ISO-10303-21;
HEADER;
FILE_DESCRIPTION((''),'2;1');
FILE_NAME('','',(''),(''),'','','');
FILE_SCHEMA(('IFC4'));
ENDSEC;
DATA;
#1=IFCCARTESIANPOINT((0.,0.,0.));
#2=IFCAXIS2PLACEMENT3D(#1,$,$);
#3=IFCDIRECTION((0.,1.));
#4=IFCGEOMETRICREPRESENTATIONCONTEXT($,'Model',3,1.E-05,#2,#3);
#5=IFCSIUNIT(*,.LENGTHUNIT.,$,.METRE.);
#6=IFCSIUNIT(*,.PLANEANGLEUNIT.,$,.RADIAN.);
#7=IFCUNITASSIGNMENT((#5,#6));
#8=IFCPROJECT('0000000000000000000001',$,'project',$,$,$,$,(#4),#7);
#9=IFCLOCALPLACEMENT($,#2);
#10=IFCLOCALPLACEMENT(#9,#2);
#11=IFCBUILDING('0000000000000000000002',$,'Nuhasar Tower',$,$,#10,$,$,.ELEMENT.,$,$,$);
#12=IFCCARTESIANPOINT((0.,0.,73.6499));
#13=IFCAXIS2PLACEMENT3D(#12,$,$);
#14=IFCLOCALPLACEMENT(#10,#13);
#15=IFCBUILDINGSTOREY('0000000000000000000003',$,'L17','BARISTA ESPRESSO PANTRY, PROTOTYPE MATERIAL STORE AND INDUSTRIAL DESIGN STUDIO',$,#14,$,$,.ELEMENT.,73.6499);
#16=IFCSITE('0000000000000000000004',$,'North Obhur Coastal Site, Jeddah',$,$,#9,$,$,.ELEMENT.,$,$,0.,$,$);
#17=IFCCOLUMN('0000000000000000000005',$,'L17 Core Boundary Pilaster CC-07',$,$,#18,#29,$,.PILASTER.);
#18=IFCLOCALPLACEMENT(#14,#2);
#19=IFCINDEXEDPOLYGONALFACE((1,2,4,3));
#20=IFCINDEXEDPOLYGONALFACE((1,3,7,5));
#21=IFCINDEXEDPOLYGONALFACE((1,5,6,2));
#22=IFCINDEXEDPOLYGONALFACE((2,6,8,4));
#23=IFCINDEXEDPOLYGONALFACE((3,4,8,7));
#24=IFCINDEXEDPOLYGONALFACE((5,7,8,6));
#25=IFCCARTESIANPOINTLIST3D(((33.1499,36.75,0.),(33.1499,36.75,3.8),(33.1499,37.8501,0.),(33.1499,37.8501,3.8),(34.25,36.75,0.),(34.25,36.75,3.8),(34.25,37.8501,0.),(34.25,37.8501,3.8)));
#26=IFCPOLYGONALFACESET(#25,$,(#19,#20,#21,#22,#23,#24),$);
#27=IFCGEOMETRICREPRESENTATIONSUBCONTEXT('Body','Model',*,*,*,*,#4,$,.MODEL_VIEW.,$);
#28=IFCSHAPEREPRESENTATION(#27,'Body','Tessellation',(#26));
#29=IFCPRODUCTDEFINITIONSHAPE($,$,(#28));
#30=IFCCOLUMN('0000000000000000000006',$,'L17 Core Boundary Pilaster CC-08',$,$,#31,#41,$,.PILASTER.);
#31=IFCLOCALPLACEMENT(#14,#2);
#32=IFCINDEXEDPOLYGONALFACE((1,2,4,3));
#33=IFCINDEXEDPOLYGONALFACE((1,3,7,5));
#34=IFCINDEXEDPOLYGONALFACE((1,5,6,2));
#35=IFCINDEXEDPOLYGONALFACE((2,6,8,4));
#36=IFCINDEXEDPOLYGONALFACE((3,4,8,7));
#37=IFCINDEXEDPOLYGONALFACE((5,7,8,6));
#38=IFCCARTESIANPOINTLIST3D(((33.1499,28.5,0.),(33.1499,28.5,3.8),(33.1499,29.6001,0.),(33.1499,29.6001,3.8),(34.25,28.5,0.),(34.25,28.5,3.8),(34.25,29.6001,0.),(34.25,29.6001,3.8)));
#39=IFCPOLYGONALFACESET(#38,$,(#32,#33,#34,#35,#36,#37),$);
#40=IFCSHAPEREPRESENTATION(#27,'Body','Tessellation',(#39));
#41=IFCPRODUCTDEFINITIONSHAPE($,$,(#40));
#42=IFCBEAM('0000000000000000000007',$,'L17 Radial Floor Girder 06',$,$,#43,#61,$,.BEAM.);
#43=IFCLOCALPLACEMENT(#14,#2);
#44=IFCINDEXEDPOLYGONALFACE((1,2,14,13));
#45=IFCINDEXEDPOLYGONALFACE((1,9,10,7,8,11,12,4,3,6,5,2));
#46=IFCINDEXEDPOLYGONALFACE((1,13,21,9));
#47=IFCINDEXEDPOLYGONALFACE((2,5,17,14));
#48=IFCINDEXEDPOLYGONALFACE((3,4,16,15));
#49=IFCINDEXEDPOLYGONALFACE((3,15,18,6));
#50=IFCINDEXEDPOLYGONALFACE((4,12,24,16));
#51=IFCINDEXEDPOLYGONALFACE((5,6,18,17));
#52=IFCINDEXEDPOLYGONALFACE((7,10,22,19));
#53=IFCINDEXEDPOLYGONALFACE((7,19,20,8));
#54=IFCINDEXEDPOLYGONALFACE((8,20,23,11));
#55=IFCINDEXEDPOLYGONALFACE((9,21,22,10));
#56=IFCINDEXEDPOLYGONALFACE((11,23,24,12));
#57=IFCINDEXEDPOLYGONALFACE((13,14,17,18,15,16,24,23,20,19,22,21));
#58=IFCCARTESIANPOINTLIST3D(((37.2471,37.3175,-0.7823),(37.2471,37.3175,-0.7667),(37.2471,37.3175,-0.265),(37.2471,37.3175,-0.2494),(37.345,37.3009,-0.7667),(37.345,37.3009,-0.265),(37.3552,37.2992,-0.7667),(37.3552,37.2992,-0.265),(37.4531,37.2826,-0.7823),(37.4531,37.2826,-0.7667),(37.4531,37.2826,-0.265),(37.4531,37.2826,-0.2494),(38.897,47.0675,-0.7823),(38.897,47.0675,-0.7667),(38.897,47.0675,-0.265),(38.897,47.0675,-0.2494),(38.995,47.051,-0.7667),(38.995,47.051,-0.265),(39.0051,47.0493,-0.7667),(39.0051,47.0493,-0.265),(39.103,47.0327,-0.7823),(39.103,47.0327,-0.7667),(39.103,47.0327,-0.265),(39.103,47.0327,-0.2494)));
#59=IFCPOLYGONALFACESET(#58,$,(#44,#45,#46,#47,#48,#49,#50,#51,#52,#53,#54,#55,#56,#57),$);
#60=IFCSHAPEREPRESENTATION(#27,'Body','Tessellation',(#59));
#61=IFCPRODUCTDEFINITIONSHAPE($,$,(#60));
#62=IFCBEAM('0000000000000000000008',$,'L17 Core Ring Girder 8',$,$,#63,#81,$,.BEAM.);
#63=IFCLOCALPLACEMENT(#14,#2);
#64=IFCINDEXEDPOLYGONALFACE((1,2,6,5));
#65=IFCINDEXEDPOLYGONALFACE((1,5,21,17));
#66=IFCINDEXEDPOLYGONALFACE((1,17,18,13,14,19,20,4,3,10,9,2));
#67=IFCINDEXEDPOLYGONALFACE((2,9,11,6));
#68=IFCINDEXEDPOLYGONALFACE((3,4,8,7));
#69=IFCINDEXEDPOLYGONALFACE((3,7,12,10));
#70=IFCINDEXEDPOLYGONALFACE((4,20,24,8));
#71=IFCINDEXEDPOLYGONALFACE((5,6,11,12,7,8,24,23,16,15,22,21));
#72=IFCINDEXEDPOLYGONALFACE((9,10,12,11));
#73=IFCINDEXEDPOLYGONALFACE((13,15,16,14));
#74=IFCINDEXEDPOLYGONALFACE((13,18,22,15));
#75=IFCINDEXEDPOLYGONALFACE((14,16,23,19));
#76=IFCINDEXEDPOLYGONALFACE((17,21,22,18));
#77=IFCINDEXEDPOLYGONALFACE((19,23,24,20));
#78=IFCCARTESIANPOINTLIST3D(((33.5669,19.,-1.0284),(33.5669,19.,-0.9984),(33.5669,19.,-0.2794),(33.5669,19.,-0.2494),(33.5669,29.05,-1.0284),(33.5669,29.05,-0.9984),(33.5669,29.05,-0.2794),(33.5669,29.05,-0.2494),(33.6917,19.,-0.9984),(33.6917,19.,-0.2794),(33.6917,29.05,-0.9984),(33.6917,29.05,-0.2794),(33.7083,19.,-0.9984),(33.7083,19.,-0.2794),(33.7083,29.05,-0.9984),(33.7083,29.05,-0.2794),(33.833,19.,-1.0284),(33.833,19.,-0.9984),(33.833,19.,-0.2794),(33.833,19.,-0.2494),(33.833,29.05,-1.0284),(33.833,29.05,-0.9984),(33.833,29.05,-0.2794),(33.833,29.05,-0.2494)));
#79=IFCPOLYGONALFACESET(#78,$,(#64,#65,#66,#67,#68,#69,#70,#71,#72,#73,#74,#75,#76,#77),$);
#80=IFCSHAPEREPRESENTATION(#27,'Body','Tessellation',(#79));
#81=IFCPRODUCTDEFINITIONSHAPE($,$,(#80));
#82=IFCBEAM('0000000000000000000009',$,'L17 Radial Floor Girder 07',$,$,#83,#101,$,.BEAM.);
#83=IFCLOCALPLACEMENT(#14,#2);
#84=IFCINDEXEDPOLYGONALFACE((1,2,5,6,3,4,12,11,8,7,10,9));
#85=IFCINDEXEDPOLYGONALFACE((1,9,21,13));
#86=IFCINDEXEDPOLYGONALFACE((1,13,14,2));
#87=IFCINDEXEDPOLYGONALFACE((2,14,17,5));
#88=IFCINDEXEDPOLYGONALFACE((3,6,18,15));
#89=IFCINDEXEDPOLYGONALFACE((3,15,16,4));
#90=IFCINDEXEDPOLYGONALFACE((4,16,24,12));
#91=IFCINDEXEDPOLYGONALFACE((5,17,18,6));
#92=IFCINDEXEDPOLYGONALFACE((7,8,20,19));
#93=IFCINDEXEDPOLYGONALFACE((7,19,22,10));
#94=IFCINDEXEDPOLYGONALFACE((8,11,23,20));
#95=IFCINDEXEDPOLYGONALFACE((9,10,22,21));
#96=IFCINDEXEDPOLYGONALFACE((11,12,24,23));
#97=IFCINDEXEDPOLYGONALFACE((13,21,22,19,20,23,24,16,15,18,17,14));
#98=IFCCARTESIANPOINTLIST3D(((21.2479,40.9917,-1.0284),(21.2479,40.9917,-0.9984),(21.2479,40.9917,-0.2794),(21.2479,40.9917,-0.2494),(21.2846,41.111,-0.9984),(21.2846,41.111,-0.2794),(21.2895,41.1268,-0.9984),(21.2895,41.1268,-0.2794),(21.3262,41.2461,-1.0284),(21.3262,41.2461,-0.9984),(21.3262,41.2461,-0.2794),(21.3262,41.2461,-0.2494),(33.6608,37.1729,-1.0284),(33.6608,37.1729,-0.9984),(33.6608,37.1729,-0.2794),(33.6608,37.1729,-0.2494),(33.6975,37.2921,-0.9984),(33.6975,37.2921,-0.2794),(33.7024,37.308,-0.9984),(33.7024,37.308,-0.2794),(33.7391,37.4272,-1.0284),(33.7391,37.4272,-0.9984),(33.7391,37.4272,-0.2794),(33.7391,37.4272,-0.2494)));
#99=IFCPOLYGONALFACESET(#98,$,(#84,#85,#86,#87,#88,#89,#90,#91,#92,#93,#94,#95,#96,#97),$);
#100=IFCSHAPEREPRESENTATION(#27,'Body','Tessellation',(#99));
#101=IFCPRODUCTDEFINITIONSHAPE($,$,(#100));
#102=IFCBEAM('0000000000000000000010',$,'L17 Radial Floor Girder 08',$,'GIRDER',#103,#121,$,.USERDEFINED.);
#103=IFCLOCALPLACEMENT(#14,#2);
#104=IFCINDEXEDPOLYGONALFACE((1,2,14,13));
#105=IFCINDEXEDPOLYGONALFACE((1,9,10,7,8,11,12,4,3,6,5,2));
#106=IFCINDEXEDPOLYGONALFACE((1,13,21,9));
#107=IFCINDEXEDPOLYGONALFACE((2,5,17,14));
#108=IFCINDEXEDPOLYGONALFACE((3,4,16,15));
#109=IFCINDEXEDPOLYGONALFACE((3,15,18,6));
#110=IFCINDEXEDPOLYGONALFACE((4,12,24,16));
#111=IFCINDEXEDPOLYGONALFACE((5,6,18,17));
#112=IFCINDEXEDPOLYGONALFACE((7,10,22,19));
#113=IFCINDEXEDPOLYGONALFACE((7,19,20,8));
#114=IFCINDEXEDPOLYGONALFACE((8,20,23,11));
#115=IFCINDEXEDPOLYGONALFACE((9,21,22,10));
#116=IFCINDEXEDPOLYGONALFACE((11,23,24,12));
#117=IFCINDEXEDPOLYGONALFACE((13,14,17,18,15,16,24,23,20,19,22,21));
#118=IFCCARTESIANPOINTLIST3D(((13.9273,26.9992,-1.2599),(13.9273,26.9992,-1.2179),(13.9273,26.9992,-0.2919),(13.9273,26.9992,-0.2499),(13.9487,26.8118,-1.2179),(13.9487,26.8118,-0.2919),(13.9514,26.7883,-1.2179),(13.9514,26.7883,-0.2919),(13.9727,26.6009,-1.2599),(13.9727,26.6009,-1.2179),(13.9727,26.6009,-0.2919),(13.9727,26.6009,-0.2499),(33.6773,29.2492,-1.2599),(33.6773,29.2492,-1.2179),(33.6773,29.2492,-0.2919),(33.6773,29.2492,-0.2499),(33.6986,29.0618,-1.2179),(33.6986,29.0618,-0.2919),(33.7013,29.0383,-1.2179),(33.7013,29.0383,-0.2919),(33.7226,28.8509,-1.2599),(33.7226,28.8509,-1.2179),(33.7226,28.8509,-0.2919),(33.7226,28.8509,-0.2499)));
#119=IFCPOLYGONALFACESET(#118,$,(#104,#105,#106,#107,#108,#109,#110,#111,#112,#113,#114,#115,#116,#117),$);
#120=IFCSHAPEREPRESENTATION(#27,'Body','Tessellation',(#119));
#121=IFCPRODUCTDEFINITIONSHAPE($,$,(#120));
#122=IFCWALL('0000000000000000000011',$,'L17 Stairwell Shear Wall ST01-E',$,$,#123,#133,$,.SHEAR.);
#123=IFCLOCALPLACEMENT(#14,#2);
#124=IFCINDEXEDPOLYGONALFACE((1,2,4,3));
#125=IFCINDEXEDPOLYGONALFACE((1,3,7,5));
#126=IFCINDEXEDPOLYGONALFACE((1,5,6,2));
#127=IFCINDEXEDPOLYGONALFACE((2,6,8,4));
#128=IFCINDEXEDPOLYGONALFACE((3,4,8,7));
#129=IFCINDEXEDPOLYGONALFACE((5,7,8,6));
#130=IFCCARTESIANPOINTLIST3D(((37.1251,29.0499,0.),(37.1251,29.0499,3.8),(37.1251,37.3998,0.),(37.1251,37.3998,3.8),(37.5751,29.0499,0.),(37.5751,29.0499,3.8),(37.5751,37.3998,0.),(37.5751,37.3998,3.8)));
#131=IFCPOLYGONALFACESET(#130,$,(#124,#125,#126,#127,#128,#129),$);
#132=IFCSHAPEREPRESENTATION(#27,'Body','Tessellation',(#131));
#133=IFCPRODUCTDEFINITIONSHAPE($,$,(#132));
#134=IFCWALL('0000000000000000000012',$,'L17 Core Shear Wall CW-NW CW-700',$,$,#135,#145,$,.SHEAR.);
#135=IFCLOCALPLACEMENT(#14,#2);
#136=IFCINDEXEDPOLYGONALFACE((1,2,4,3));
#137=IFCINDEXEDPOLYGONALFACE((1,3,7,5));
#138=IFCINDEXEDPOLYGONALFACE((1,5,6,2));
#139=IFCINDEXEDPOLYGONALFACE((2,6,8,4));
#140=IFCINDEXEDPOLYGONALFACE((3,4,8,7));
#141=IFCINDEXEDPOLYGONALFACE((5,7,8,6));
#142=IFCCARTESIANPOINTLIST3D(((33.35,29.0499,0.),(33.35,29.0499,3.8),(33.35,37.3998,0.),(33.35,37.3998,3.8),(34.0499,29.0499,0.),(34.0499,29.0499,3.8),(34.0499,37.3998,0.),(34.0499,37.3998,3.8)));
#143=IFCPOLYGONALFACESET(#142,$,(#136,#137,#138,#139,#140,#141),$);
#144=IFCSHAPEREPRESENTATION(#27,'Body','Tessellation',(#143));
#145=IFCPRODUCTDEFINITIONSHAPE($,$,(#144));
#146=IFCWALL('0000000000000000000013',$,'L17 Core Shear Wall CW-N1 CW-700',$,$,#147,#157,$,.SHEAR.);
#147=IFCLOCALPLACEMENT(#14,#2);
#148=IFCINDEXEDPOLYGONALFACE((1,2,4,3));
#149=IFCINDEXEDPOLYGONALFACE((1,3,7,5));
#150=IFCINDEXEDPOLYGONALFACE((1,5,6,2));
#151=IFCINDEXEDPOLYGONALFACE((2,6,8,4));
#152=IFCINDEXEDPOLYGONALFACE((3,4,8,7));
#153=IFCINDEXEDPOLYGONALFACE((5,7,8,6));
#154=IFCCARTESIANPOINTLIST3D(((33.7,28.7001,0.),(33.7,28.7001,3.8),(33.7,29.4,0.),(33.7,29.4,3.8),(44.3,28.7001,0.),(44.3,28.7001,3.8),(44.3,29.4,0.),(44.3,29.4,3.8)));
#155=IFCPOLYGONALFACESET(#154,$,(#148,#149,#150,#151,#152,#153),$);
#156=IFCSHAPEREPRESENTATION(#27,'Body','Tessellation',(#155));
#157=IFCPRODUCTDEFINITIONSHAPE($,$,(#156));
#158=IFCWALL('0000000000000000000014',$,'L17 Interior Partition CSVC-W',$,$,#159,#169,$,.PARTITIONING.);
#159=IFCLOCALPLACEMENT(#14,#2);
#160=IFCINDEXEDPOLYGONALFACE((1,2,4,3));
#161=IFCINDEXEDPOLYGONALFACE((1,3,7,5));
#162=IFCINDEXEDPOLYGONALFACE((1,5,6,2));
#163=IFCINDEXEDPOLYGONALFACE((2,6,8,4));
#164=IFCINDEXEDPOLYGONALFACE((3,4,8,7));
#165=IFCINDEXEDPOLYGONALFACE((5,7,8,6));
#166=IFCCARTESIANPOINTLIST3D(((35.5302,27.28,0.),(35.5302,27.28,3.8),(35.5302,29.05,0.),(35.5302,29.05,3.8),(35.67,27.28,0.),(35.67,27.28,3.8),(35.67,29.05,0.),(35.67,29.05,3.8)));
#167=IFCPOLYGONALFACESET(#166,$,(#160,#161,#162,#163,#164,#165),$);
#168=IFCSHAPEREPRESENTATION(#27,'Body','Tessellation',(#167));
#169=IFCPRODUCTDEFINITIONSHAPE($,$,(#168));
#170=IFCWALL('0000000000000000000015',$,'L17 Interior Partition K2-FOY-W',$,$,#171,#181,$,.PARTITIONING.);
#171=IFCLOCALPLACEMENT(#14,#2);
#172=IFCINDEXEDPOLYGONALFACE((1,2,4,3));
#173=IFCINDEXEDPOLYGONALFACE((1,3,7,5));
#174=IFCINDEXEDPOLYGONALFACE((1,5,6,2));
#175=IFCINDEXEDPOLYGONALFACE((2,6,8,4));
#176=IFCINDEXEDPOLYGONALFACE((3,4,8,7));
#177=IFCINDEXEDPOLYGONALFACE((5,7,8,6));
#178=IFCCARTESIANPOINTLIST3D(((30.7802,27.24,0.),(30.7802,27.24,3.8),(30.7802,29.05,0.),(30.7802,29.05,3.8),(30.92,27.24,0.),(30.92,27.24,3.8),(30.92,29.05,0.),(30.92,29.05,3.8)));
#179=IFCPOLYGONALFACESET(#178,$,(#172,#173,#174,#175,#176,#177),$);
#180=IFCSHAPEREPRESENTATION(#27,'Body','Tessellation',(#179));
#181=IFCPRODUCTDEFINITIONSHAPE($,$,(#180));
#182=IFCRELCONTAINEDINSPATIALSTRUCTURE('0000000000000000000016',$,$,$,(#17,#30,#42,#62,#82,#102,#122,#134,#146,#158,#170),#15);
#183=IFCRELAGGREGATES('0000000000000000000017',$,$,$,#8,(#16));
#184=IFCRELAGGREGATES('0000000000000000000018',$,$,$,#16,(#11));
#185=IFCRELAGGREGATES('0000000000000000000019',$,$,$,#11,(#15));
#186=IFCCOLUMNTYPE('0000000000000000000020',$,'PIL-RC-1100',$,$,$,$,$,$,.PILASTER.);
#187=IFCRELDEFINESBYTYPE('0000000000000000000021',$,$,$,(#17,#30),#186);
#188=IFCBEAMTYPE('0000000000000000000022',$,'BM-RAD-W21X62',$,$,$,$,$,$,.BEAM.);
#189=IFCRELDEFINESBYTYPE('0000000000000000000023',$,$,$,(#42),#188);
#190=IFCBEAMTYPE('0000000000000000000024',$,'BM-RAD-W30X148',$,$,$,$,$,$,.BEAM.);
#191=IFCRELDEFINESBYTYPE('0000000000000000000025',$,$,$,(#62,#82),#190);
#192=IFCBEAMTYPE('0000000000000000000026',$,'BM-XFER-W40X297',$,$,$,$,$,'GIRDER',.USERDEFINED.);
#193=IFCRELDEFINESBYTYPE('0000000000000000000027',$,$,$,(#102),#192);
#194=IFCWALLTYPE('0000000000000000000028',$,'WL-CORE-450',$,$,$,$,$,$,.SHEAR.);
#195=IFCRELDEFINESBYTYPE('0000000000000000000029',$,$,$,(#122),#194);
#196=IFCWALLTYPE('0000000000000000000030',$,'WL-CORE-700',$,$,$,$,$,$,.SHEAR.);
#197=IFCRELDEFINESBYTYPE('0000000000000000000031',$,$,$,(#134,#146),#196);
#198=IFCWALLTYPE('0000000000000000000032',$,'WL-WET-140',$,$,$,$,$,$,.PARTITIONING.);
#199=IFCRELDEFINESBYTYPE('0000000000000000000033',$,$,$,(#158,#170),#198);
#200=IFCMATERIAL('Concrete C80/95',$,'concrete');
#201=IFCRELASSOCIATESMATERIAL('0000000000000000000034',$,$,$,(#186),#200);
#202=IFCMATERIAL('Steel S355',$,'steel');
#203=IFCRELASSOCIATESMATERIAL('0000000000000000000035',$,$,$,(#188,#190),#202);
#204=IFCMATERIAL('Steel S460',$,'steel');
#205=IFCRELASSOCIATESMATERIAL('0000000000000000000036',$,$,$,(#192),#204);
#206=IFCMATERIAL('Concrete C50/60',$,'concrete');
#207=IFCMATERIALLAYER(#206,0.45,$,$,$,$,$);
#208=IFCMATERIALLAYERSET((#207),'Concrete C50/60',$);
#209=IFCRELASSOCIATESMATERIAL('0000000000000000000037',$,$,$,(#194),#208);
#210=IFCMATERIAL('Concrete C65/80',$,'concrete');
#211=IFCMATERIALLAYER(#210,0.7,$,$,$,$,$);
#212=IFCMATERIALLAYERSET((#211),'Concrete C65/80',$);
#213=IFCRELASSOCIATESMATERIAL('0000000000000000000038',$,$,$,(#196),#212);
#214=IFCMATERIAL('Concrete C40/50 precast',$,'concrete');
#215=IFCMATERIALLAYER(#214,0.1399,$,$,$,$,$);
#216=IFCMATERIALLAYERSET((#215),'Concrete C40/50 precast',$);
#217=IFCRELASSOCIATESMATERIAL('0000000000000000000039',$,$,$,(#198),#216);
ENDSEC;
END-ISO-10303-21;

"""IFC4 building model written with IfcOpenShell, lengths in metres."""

from ifc_helpers import new_model, si_unit, direction, frame, frame_2d, origin, origin_2d, place, context, subcontext, project, spatial, rectangle, i_section, extrude, material, layer, layer_set, material_profile, profile_set, type_object, element, save


model = new_model("IFC4")

# Units and contexts
model_context = context("Model", 3, precision=1e-05, world=origin(), true_north=direction((0.0, 1.0)))
body_context = subcontext(model_context, "Body", "Model", "MODEL_VIEW")
ifc_project = project(units=[si_unit("LENGTHUNIT", "METRE"), si_unit("PLANEANGLEUNIT", "RADIAN")], contexts=[model_context])

# Site, building, storey
site_placement = place(None, origin())
site = spatial("IfcSite", under=ifc_project, at=site_placement, Name="North Obhur Coastal Site, Jeddah", CompositionType="ELEMENT", RefElevation=0.0)
building_placement = place(site_placement, origin())
building = spatial("IfcBuilding", under=site, at=building_placement, Name="Nuhasar Tower", CompositionType="ELEMENT")
storey_placement = place(building_placement, frame((0.0, 0.0, 73.6499)))
storey = spatial("IfcBuildingStorey", under=building, at=storey_placement, Name="L17", Description="BARISTA ESPRESSO PANTRY, PROTOTYPE MATERIAL STORE AND INDUSTRIAL DESIGN STUDIO", CompositionType="ELEMENT", Elevation=73.6499)

# Columns
ifc_material_1 = material(Name="Concrete C80/95", Category="concrete")
ifc_material_profile_1 = material_profile(ifc_material_1, rectangle(XDim=1.1001, YDim=1.1001, at=origin_2d()), Name="RC1100X1100")
ifc_profile_set_1 = profile_set([ifc_material_profile_1], Name="Concrete C80/95")
column_type = type_object("IfcColumnType", Name="PIL-RC-1100", PredefinedType="PILASTER", material=ifc_profile_set_1)
for number, where, z_axis, x_axis, name in (
    (1, (33.7, 37.3, 0.0), (0.0, 0.0, 1.0), (1.0, 0.0, 0.0), "L17 Core Boundary Pilaster CC-07"),
    (2, (33.7, 29.05, 0.0), (0.0, 0.0, 1.0), (1.0, 0.0, 0.0), "L17 Core Boundary Pilaster CC-08"),
):
    element("IfcColumn", number, at=place(storey_placement, frame(where, z_axis=z_axis, x_axis=x_axis)), inside=storey, type_object=column_type, Name=name, PredefinedType="PILASTER", context=body_context, shape_type="SweptSolid", body=[
        extrude(rectangle(XDim=1.1001, YDim=1.1001, at=origin_2d()), origin(), (0.0, 0.0, 1.0), 3.8),
    ])

# Beams
ifc_material_2 = material(Name="Steel S355", Category="steel")
ifc_material_profile_2 = material_profile(ifc_material_2, i_section(OverallWidth=0.209, OverallDepth=0.533, WebThickness=0.0103, FlangeThickness=0.0156, at=origin_2d()), Name="W21X62")
ifc_profile_set_2 = profile_set([ifc_material_profile_2], Name="Steel S355")
beam_type_1 = type_object("IfcBeamType", Name="BM-RAD-W21X62", PredefinedType="BEAM", material=ifc_profile_set_2)
beam_1_placement = place(storey_placement, frame((37.3501, 37.3, -0.5159), z_axis=(0.166849, 0.985983, 0.0), x_axis=(-0.985983, 0.166849, 0.0)))
element("IfcBeam", 3, at=beam_1_placement, inside=storey, type_object=beam_type_1, Name="L17 Radial Floor Girder 06", PredefinedType="BEAM", context=body_context, shape_type="SweptSolid", body=[
    extrude(i_section(OverallWidth=0.209, OverallDepth=0.533, WebThickness=0.0103, FlangeThickness=0.0156, at=origin_2d()), origin(), (0.0, 0.0, 1.0), 9.8887),
])
ifc_material_profile_3 = material_profile(ifc_material_2, i_section(OverallWidth=0.2661, OverallDepth=0.7791, WebThickness=0.0166, FlangeThickness=0.03, at=origin_2d()), Name="W30X148")
ifc_profile_set_3 = profile_set([ifc_material_profile_3], Name="Steel S355")
beam_type_2 = type_object("IfcBeamType", Name="BM-RAD-W30X148", PredefinedType="BEAM", material=ifc_profile_set_3)
beam_2_placement = place(storey_placement, frame((33.7, 29.05, -0.6389), z_axis=(0.0, -1.0, 0.0), x_axis=(1.0, 0.0, 0.0)))
element("IfcBeam", 4, at=beam_2_placement, inside=storey, type_object=beam_type_2, Name="L17 Core Ring Girder 8", PredefinedType="BEAM", context=body_context, shape_type="SweptSolid", body=[
    extrude(i_section(OverallWidth=0.2661, OverallDepth=0.7791, WebThickness=0.0166, FlangeThickness=0.03, at=origin_2d()), origin(), (0.0, 0.0, 1.0), 10.05),
])
beam_3_placement = place(storey_placement, frame((33.7, 37.3, -0.6389), z_axis=(-0.95579, 0.294052, 0.0), x_axis=(-0.294052, -0.95579, 0.0)))
element("IfcBeam", 5, at=beam_3_placement, inside=storey, type_object=beam_type_2, Name="L17 Radial Floor Girder 07", PredefinedType="BEAM", context=body_context, shape_type="SweptSolid", body=[
    extrude(i_section(OverallWidth=0.2661, OverallDepth=0.7791, WebThickness=0.0166, FlangeThickness=0.03, at=origin_2d()), origin(), (0.0, 0.0, 1.0), 12.9871),
])
ifc_material_3 = material(Name="Steel S460", Category="steel")
ifc_material_profile_4 = material_profile(ifc_material_3, i_section(OverallWidth=0.4009, OverallDepth=1.01, WebThickness=0.0237, FlangeThickness=0.042, at=origin_2d()), Name="W40X297")
ifc_profile_set_4 = profile_set([ifc_material_profile_4], Name="Steel S460")
beam_type_3 = type_object("IfcBeamType", Name="BM-XFER-W40X297", ElementType="GIRDER", PredefinedType="USERDEFINED", material=ifc_profile_set_4)
beam_4_placement = place(storey_placement, frame((33.7, 29.05, -0.7549), z_axis=(-0.993573, -0.113192, 0.0), x_axis=(0.113192, -0.993573, 0.0)))
element("IfcBeam", 6, at=beam_4_placement, inside=storey, type_object=beam_type_3, Name="L17 Radial Floor Girder 08", ObjectType="GIRDER", PredefinedType="USERDEFINED", context=body_context, shape_type="SweptSolid", body=[
    extrude(i_section(OverallWidth=0.4009, OverallDepth=1.01, WebThickness=0.0237, FlangeThickness=0.042, at=origin_2d()), origin(), (0.0, 0.0, 1.0), 19.8777),
])

# Walls
ifc_material_4 = material(Name="Concrete C50/60", Category="concrete")
ifc_layer_1 = layer(ifc_material_4, 0.45)
ifc_layer_set_1 = layer_set([ifc_layer_1], Name="Concrete C50/60")
wall_type_1 = type_object("IfcWallType", Name="WL-CORE-450", PredefinedType="SHEAR", material=ifc_layer_set_1)
wall_1_placement = place(storey_placement, frame((37.3501, 29.05, 0.0), z_axis=(0.0, 0.0, 1.0), x_axis=(0.0, 1.0, 0.0)))
element("IfcWall", 7, at=wall_1_placement, inside=storey, type_object=wall_type_1, Name="L17 Stairwell Shear Wall ST01-E", PredefinedType="SHEAR", context=body_context, shape_type="SweptSolid", body=[
    extrude(rectangle(XDim=8.3499, YDim=0.45, at=frame_2d((4.1748, 0.0))), origin(), (0.0, 0.0, 1.0), 3.8),
])
ifc_material_5 = material(Name="Concrete C65/80", Category="concrete")
ifc_layer_2 = layer(ifc_material_5, 0.7)
ifc_layer_set_2 = layer_set([ifc_layer_2], Name="Concrete C65/80")
wall_type_2 = type_object("IfcWallType", Name="WL-CORE-700", PredefinedType="SHEAR", material=ifc_layer_set_2)
wall_2_placement = place(storey_placement, frame((33.7, 29.05, 0.0), z_axis=(0.0, 0.0, 1.0), x_axis=(0.0, 1.0, 0.0)))
element("IfcWall", 8, at=wall_2_placement, inside=storey, type_object=wall_type_2, Name="L17 Core Shear Wall CW-NW CW-700", PredefinedType="SHEAR", context=body_context, shape_type="SweptSolid", body=[
    extrude(rectangle(XDim=8.3499, YDim=0.7, at=frame_2d((4.1748, 0.0))), origin(), (0.0, 0.0, 1.0), 3.8),
])
wall_3_placement = place(storey_placement, frame((33.7, 29.05, 0.0), z_axis=(0.0, 0.0, 1.0), x_axis=(1.0, 0.0, 0.0)))
element("IfcWall", 9, at=wall_3_placement, inside=storey, type_object=wall_type_2, Name="L17 Core Shear Wall CW-N1 CW-700", PredefinedType="SHEAR", context=body_context, shape_type="SweptSolid", body=[
    extrude(rectangle(XDim=10.6001, YDim=0.7, at=frame_2d((5.3, 0.0))), origin(), (0.0, 0.0, 1.0), 3.8),
])
ifc_material_6 = material(Name="Concrete C40/50 precast", Category="concrete")
ifc_layer_3 = layer(ifc_material_6, 0.1399)
ifc_layer_set_3 = layer_set([ifc_layer_3], Name="Concrete C40/50 precast")
wall_type_3 = type_object("IfcWallType", Name="WL-WET-140", PredefinedType="PARTITIONING", material=ifc_layer_set_3)
wall_4_placement = place(storey_placement, frame((35.6001, 27.28, 0.0), z_axis=(0.0, 0.0, 1.0), x_axis=(0.0, 1.0, 0.0)))
element("IfcWall", 10, at=wall_4_placement, inside=storey, type_object=wall_type_3, Name="L17 Interior Partition CSVC-W", PredefinedType="PARTITIONING", context=body_context, shape_type="SweptSolid", body=[
    extrude(rectangle(XDim=1.77, YDim=0.1399, at=frame_2d((0.885, 0.0))), origin(), (0.0, 0.0, 1.0), 3.8),
])
wall_5_placement = place(storey_placement, frame((30.8501, 27.24, 0.0), z_axis=(0.0, 0.0, 1.0), x_axis=(0.0, 1.0, 0.0)))
element("IfcWall", 11, at=wall_5_placement, inside=storey, type_object=wall_type_3, Name="L17 Interior Partition K2-FOY-W", PredefinedType="PARTITIONING", context=body_context, shape_type="SweptSolid", body=[
    extrude(rectangle(XDim=1.8101, YDim=0.1399, at=frame_2d((0.905, 0.0))), origin(), (0.0, 0.0, 1.0), 3.8),
])

save(model, "model.ifc")
